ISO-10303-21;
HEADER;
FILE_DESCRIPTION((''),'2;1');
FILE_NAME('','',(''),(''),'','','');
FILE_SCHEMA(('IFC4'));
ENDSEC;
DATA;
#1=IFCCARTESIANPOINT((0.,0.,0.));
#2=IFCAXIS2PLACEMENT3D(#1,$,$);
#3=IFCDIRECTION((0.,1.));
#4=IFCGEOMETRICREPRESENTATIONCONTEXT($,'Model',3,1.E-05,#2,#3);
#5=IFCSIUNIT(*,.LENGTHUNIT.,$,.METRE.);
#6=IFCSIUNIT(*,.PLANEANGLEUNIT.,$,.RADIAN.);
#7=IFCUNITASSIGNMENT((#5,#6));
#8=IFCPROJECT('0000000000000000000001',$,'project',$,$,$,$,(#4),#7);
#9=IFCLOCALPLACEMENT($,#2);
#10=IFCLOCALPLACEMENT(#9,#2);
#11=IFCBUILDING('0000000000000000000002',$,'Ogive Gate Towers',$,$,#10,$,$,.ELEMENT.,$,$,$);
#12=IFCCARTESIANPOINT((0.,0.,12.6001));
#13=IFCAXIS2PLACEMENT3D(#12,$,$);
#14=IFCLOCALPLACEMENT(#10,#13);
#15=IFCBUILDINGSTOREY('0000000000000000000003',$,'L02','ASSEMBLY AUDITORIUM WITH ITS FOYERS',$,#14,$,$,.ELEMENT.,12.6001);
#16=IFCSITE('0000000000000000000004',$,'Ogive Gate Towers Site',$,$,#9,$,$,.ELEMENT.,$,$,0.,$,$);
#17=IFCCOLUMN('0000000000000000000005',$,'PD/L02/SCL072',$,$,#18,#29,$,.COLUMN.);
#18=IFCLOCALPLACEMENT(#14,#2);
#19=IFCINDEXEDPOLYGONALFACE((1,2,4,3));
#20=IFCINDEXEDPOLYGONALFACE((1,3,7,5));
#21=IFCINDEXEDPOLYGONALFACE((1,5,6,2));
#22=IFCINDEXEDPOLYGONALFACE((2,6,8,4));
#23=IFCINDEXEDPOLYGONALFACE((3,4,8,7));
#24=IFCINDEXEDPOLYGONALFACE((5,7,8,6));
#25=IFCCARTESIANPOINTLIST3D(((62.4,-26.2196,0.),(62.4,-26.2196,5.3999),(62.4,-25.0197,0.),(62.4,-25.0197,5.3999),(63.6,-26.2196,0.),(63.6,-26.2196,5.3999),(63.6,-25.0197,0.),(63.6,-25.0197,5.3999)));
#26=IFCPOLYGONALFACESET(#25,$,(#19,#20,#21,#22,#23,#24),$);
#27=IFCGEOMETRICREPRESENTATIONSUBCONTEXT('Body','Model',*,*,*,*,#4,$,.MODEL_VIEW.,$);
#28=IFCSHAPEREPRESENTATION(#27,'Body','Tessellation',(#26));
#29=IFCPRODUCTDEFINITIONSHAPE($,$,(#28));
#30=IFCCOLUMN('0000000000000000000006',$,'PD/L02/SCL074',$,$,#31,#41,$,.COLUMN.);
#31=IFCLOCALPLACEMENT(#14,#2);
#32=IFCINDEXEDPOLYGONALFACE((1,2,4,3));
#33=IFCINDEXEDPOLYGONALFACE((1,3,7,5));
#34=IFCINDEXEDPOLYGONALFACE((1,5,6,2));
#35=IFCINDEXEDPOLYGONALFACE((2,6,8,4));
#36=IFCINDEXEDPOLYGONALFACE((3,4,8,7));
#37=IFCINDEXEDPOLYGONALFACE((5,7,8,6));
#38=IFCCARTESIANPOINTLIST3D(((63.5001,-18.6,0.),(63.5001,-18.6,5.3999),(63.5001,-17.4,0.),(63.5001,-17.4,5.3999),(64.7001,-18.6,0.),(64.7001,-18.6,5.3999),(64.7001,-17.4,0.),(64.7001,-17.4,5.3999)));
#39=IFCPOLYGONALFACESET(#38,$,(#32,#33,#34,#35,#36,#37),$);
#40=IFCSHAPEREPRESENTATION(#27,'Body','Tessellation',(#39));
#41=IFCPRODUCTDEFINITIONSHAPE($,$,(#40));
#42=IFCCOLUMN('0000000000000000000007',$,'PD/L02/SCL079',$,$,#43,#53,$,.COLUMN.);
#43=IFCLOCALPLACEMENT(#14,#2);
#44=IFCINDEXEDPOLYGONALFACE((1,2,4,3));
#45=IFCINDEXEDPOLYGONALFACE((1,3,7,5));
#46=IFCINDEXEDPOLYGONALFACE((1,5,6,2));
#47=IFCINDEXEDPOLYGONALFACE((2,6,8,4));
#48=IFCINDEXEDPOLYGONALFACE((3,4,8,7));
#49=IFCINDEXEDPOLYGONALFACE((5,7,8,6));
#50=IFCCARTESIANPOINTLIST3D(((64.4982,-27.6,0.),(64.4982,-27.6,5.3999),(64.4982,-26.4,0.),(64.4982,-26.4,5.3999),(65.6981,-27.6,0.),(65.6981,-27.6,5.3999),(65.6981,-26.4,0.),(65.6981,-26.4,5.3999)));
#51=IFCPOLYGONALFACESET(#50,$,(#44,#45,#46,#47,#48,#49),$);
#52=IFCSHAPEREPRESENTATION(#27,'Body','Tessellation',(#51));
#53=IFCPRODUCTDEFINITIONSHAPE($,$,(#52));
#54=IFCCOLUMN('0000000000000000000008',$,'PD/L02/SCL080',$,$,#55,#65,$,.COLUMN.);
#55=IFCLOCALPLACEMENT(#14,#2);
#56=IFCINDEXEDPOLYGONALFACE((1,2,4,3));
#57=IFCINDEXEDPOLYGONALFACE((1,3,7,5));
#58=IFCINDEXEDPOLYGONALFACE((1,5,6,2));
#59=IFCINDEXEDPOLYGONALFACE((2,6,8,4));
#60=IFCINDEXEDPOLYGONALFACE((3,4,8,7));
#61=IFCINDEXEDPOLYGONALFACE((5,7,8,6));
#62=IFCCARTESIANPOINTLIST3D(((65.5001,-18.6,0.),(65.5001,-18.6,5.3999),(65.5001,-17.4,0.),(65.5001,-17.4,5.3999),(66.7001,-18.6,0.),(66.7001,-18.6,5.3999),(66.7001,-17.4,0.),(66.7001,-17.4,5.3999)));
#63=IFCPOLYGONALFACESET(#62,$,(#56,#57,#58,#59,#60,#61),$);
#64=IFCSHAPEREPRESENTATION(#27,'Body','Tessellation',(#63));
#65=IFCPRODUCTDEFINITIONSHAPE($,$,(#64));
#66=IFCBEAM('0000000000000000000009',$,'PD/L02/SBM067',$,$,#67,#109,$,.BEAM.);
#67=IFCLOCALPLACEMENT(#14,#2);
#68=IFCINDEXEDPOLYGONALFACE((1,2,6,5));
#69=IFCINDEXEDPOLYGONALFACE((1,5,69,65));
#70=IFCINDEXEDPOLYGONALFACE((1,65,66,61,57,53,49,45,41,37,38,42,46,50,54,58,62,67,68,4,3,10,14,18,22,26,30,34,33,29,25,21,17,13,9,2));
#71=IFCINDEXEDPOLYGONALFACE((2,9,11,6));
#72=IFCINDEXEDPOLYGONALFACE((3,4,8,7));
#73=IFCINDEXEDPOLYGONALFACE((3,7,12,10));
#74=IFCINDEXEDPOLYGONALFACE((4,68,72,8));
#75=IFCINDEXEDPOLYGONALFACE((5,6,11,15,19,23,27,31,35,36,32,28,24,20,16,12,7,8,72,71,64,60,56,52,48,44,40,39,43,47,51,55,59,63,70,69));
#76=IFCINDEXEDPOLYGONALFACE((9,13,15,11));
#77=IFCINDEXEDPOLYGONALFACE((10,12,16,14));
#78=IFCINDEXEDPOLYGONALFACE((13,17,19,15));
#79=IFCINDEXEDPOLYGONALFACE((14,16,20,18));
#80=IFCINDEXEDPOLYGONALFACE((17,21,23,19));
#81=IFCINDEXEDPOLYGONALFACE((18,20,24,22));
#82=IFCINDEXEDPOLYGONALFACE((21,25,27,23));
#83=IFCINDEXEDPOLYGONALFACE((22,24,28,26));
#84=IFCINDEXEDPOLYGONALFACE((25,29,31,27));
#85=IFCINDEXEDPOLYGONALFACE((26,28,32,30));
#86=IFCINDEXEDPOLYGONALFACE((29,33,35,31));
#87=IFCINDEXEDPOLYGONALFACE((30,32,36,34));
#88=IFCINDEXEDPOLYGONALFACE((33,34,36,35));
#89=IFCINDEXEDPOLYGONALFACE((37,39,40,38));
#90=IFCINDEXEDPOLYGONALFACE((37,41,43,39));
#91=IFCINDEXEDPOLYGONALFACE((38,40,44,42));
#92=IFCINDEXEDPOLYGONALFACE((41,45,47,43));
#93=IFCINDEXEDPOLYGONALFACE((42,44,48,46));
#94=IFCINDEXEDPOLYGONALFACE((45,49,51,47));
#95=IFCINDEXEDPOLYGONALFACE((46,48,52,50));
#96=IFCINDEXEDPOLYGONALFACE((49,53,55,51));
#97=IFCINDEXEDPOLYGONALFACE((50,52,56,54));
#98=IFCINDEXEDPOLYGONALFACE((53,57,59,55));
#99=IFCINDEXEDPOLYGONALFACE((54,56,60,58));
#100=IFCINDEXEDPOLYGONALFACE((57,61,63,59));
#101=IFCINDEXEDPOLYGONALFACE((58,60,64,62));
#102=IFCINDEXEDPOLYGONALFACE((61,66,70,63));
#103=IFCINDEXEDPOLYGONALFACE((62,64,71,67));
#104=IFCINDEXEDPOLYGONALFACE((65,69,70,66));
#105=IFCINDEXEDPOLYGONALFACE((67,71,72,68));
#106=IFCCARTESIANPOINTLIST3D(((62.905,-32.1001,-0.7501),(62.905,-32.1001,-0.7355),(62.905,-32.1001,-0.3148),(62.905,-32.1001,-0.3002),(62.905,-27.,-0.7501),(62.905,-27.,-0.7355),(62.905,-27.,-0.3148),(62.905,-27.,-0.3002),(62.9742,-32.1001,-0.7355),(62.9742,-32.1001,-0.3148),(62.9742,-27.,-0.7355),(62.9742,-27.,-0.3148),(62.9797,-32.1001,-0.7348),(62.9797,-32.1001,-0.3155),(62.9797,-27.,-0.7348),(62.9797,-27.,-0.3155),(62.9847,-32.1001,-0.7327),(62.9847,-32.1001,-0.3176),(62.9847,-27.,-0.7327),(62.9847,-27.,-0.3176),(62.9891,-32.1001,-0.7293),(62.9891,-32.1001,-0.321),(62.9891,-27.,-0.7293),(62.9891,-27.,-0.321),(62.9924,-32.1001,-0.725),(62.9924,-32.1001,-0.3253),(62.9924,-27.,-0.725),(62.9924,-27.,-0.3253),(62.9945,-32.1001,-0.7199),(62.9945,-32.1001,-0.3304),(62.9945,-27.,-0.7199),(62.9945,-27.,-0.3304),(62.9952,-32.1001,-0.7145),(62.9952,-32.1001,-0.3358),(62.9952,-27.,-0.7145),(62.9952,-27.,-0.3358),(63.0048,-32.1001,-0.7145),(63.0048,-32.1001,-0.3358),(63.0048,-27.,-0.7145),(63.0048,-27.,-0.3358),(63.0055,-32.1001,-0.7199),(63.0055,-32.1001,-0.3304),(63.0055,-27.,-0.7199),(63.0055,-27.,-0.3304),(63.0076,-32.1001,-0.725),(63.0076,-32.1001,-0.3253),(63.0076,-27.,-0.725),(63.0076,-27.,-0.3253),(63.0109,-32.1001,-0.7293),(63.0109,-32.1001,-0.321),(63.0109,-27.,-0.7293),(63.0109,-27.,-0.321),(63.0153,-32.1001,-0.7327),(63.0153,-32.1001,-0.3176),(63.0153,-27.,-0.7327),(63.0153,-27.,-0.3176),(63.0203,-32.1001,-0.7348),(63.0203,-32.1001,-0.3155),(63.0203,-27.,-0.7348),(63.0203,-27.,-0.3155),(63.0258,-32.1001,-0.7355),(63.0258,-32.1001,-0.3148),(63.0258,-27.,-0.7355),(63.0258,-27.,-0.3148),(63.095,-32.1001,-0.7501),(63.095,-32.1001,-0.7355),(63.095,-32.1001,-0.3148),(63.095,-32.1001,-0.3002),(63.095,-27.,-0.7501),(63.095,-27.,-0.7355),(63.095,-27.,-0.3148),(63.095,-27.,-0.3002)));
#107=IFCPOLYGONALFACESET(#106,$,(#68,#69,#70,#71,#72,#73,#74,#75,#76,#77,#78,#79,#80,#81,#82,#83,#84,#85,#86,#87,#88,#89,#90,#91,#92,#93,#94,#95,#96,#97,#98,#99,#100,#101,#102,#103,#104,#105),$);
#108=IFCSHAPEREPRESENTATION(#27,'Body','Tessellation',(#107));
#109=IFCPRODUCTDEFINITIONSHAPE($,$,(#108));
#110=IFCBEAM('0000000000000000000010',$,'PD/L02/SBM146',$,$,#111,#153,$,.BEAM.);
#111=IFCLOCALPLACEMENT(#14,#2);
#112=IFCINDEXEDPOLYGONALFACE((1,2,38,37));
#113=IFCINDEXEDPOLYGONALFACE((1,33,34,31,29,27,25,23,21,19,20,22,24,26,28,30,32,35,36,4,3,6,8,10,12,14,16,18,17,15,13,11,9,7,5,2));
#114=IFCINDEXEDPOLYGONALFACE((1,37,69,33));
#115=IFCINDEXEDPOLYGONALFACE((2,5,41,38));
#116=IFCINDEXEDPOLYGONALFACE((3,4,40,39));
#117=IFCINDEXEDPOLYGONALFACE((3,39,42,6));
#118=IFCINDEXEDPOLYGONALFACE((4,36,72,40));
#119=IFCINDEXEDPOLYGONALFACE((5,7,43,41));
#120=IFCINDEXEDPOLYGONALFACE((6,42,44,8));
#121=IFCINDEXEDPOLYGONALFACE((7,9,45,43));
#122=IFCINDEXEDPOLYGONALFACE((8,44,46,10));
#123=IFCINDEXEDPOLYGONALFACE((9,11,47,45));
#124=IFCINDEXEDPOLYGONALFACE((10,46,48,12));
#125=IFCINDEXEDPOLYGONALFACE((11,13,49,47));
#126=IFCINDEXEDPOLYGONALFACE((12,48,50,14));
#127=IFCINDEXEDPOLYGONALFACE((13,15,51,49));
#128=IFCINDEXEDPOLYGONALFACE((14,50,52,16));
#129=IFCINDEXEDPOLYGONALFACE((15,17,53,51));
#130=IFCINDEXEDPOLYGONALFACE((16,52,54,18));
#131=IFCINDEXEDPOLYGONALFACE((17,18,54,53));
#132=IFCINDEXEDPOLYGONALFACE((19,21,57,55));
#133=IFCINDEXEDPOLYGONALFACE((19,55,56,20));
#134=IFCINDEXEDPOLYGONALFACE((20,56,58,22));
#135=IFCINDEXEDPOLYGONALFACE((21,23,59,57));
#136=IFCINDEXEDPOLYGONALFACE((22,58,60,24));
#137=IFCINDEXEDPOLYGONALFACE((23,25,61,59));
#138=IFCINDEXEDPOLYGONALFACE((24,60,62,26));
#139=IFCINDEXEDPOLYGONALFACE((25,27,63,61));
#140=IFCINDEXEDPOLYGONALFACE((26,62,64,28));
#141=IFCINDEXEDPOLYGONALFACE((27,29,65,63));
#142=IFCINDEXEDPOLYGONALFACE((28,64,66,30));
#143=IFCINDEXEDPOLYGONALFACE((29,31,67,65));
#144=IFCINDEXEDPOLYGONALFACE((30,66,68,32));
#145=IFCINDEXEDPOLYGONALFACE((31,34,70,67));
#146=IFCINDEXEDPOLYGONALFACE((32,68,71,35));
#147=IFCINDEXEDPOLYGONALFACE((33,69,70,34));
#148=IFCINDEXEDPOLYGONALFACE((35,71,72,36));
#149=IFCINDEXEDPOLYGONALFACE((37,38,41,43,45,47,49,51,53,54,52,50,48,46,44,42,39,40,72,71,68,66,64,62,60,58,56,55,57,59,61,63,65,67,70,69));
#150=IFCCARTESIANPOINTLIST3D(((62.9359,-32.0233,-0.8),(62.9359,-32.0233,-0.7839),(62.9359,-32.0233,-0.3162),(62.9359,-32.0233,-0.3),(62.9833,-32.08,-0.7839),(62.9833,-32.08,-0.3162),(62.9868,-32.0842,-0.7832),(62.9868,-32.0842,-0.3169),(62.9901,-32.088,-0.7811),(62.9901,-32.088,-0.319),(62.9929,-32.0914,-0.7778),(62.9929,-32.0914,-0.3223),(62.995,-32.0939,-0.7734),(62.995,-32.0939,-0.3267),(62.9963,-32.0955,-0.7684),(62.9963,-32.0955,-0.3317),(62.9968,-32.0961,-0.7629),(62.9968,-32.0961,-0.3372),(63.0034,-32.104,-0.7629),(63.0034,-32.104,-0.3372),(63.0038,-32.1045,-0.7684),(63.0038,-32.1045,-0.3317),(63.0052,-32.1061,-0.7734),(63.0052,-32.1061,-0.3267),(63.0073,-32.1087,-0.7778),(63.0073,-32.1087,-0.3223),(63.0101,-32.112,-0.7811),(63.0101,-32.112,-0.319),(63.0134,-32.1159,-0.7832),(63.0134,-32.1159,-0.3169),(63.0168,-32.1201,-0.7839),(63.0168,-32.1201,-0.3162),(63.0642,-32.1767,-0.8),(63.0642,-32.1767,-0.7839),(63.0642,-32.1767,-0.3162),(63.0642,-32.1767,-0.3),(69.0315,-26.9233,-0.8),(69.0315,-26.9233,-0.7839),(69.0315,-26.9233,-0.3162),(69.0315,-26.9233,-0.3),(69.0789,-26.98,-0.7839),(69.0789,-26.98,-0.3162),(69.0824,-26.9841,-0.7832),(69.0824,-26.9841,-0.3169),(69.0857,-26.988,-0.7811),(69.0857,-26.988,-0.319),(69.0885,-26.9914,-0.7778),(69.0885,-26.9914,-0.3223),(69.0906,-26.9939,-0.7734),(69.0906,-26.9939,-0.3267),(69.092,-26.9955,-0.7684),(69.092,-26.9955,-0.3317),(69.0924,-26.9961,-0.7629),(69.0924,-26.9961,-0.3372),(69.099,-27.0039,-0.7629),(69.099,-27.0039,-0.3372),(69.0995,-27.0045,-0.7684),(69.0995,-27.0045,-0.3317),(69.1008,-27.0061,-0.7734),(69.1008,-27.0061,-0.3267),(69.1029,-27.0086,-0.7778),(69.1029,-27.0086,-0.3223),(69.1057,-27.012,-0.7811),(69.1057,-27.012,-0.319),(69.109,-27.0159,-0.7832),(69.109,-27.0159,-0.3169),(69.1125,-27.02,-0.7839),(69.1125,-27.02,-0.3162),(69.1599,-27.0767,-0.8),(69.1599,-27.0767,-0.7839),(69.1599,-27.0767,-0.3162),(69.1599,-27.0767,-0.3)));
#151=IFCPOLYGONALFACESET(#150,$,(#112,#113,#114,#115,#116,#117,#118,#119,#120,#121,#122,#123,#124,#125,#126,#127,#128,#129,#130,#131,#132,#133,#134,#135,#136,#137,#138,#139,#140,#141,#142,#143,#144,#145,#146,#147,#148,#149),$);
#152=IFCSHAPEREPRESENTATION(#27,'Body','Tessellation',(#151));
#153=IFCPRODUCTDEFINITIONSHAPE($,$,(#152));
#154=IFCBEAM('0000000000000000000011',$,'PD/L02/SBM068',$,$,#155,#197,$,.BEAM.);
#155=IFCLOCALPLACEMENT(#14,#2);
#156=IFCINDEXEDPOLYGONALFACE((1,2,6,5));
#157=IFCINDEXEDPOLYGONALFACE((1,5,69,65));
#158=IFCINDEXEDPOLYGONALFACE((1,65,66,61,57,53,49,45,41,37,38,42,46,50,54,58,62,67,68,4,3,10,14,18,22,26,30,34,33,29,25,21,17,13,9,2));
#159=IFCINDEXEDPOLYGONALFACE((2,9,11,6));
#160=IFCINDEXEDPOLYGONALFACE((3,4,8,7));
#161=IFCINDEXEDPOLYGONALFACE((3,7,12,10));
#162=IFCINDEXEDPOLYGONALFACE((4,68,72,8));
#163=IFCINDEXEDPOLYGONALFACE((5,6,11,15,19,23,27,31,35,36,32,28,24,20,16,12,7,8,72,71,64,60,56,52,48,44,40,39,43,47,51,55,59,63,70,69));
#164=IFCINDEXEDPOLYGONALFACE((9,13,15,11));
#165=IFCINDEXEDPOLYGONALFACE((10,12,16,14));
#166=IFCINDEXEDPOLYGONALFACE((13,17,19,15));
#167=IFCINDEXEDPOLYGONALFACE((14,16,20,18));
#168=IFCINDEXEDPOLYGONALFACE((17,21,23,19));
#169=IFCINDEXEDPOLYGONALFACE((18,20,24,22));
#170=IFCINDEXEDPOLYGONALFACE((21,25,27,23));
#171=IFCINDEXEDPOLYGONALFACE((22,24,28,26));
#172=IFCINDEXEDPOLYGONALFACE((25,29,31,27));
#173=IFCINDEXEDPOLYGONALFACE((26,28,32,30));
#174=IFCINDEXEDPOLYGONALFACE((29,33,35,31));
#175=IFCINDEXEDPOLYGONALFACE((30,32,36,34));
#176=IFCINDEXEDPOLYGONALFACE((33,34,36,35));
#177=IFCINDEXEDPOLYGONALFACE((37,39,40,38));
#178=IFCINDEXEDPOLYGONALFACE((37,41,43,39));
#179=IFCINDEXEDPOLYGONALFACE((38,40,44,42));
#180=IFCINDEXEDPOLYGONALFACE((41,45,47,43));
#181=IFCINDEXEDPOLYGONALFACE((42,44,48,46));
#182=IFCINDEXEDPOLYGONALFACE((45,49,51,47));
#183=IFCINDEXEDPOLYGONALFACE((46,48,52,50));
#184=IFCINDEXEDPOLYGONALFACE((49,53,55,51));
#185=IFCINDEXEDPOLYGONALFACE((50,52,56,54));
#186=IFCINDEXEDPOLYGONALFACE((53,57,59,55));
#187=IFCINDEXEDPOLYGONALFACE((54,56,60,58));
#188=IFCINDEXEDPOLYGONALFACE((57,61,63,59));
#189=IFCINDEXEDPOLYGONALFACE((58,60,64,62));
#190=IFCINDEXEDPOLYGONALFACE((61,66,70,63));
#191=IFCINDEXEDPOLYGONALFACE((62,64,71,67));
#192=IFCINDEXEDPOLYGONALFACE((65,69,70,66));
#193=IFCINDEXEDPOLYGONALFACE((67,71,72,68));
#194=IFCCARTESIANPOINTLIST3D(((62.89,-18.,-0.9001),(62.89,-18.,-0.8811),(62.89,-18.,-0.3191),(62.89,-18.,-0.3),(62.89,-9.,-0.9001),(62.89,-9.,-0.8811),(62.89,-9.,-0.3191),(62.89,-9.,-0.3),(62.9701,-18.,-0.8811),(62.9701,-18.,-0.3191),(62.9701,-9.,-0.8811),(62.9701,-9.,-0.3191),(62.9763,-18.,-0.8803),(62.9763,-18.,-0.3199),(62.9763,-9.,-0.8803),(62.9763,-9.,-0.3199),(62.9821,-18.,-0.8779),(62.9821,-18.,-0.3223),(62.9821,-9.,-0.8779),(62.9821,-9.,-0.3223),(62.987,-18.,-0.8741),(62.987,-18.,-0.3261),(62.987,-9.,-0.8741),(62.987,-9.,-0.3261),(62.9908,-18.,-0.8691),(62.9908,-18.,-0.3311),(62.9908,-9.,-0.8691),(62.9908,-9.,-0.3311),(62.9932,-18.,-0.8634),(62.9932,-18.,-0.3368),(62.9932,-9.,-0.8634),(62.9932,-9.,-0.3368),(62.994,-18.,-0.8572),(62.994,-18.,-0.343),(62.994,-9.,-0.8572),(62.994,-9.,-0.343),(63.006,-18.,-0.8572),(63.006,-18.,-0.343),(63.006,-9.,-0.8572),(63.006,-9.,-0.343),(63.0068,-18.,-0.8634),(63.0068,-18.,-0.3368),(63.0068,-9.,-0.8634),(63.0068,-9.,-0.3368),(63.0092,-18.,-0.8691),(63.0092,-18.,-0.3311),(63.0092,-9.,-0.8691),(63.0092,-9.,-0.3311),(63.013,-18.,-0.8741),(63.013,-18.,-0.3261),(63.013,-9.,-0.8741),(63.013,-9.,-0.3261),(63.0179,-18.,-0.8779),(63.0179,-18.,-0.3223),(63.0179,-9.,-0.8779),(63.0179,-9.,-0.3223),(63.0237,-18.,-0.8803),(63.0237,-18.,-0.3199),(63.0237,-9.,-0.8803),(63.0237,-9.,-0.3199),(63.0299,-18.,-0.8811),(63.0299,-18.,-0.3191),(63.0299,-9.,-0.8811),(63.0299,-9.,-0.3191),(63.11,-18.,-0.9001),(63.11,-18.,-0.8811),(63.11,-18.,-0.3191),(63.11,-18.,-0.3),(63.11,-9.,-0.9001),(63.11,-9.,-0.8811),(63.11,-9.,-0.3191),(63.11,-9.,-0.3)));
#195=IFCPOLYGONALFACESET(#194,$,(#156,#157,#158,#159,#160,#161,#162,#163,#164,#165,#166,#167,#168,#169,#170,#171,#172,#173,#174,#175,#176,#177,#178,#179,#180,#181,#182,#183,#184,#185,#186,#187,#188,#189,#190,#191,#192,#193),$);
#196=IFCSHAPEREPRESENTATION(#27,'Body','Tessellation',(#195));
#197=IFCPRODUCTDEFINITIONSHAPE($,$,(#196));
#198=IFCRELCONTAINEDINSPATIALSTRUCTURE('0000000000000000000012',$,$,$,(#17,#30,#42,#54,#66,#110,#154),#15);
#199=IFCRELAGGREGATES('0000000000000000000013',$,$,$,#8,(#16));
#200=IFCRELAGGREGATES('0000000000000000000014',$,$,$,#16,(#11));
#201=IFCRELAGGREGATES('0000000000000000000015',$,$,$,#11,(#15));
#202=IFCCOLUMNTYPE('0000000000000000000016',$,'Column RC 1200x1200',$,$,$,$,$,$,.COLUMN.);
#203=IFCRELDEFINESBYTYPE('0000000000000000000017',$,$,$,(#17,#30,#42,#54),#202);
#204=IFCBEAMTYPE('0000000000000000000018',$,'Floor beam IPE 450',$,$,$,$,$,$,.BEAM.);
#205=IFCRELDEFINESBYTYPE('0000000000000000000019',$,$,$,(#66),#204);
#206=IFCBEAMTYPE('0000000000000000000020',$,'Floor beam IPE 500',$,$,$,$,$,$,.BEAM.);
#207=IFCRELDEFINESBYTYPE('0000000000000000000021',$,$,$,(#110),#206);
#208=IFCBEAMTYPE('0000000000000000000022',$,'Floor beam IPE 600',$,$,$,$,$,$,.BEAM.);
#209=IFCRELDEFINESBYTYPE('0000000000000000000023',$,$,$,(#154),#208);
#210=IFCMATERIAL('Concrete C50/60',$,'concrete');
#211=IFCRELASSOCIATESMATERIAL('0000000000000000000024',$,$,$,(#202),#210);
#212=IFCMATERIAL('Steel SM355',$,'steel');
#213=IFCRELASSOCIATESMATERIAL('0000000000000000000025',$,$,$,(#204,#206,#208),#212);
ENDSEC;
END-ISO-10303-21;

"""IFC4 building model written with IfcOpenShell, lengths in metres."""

from ifc_helpers import new_model, si_unit, direction, frame, origin, origin_2d, place, context, subcontext, project, spatial, rectangle, i_section, extrude, material, material_profile, profile_set, type_object, element, save


model = new_model("IFC4")

# Units and contexts
model_context = context("Model", 3, precision=1e-05, world=origin(), true_north=direction((0.0, 1.0)))
body_context = subcontext(model_context, "Body", "Model", "MODEL_VIEW")
ifc_project = project(units=[si_unit("LENGTHUNIT", "METRE"), si_unit("PLANEANGLEUNIT", "RADIAN")], contexts=[model_context])

# Site, building, storey
site_placement = place(None, origin())
site = spatial("IfcSite", under=ifc_project, at=site_placement, Name="Ogive Gate Towers Site", CompositionType="ELEMENT", RefElevation=0.0)
building_placement = place(site_placement, origin())
building = spatial("IfcBuilding", under=site, at=building_placement, Name="Ogive Gate Towers", CompositionType="ELEMENT")
storey_placement = place(building_placement, frame((0.0, 0.0, 12.6001)))
storey = spatial("IfcBuildingStorey", under=building, at=storey_placement, Name="L02", Description="ASSEMBLY AUDITORIUM WITH ITS FOYERS", CompositionType="ELEMENT", Elevation=12.6001)

# Columns
ifc_material_1 = material(Name="Concrete C50/60", Category="concrete")
ifc_material_profile_1 = material_profile(ifc_material_1, rectangle(XDim=1.2, YDim=1.2, at=origin_2d()), Name="RC 1200x1200")
ifc_profile_set_1 = profile_set([ifc_material_profile_1], Name="Concrete C50/60")
column_type = type_object("IfcColumnType", Name="Column RC 1200x1200", PredefinedType="COLUMN", material=ifc_profile_set_1)
for number, where, z_axis, x_axis, name in (
    (1, (63.0, -25.6196, 0.0), (0.0, 0.0, 1.0), (1.0, 0.0, 0.0), "PD/L02/SCL072"),
    (2, (64.1001, -18.0, 0.0), (0.0, 0.0, 1.0), (1.0, 0.0, 0.0), "PD/L02/SCL074"),
    (3, (65.0981, -27.0, 0.0), (0.0, 0.0, 1.0), (1.0, 0.0, 0.0), "PD/L02/SCL079"),
    (4, (66.1001, -18.0, 0.0), (0.0, 0.0, 1.0), (1.0, 0.0, 0.0), "PD/L02/SCL080"),
):
    element("IfcColumn", number, at=place(storey_placement, frame(where, z_axis=z_axis, x_axis=x_axis)), inside=storey, type_object=column_type, Name=name, PredefinedType="COLUMN", context=body_context, shape_type="SweptSolid", body=[
        extrude(rectangle(XDim=1.2, YDim=1.2, at=origin_2d()), origin(), (0.0, 0.0, 1.0), 5.3999),
    ])

# Beams
ifc_material_2 = material(Name="Steel SM355", Category="steel")
ifc_material_profile_2 = material_profile(ifc_material_2, i_section(OverallWidth=0.1899, OverallDepth=0.45, WebThickness=0.0095, FlangeThickness=0.0146, FilletRadius=0.021, at=origin_2d()), Name="IPE 450")
ifc_profile_set_2 = profile_set([ifc_material_profile_2], Name="Steel SM355")
beam_type_1 = type_object("IfcBeamType", Name="Floor beam IPE 450", PredefinedType="BEAM", material=ifc_profile_set_2)
beam_1_placement = place(storey_placement, frame((63.0, -32.1001, -0.5251), z_axis=(0.0, 1.0, 0.0), x_axis=(-1.0, 0.0, 0.0)))
element("IfcBeam", 5, at=beam_1_placement, inside=storey, type_object=beam_type_1, Name="PD/L02/SBM067", PredefinedType="BEAM", context=body_context, shape_type="SweptSolid", body=[
    extrude(i_section(OverallWidth=0.1899, OverallDepth=0.45, WebThickness=0.0095, FlangeThickness=0.0146, FilletRadius=0.021, at=origin_2d()), origin(), (0.0, 0.0, 1.0), 5.1001),
])
ifc_material_profile_3 = material_profile(ifc_material_2, i_section(OverallWidth=0.2, OverallDepth=0.5, WebThickness=0.0103, FlangeThickness=0.0161, FilletRadius=0.021, at=origin_2d()), Name="IPE 500")
ifc_profile_set_3 = profile_set([ifc_material_profile_3], Name="Steel SM355")
beam_type_2 = type_object("IfcBeamType", Name="Floor beam IPE 500", PredefinedType="BEAM", material=ifc_profile_set_3)
beam_2_placement = place(storey_placement, frame((69.0957, -27.0, -0.55), z_axis=(-0.766961, -0.641694, 0.0), x_axis=(0.641694, -0.766961, 0.0)))
element("IfcBeam", 6, at=beam_2_placement, inside=storey, type_object=beam_type_2, Name="PD/L02/SBM146", PredefinedType="BEAM", context=body_context, shape_type="SweptSolid", body=[
    extrude(i_section(OverallWidth=0.2, OverallDepth=0.5, WebThickness=0.0103, FlangeThickness=0.0161, FilletRadius=0.021, at=origin_2d()), origin(), (0.0, 0.0, 1.0), 7.9478),
])
ifc_material_profile_4 = material_profile(ifc_material_2, i_section(OverallWidth=0.22, OverallDepth=0.6001, WebThickness=0.012, FlangeThickness=0.019, FilletRadius=0.0239, at=origin_2d()), Name="IPE 600")
ifc_profile_set_4 = profile_set([ifc_material_profile_4], Name="Steel SM355")
beam_type_3 = type_object("IfcBeamType", Name="Floor beam IPE 600", PredefinedType="BEAM", material=ifc_profile_set_4)
for number, where, z_axis, x_axis, name in (
    (7, (63.0, -18.0, -0.6001), (0.0, 1.0, 0.0), (-1.0, 0.0, 0.0), "PD/L02/SBM068"),
):
    element("IfcBeam", number, at=place(storey_placement, frame(where, z_axis=z_axis, x_axis=x_axis)), inside=storey, type_object=beam_type_3, Name=name, PredefinedType="BEAM", context=body_context, shape_type="SweptSolid", body=[
        extrude(i_section(OverallWidth=0.22, OverallDepth=0.6001, WebThickness=0.012, FlangeThickness=0.019, FilletRadius=0.0239, at=origin_2d()), origin(), (0.0, 0.0, 1.0), 9.0),
    ])

save(model, "model.ifc")
